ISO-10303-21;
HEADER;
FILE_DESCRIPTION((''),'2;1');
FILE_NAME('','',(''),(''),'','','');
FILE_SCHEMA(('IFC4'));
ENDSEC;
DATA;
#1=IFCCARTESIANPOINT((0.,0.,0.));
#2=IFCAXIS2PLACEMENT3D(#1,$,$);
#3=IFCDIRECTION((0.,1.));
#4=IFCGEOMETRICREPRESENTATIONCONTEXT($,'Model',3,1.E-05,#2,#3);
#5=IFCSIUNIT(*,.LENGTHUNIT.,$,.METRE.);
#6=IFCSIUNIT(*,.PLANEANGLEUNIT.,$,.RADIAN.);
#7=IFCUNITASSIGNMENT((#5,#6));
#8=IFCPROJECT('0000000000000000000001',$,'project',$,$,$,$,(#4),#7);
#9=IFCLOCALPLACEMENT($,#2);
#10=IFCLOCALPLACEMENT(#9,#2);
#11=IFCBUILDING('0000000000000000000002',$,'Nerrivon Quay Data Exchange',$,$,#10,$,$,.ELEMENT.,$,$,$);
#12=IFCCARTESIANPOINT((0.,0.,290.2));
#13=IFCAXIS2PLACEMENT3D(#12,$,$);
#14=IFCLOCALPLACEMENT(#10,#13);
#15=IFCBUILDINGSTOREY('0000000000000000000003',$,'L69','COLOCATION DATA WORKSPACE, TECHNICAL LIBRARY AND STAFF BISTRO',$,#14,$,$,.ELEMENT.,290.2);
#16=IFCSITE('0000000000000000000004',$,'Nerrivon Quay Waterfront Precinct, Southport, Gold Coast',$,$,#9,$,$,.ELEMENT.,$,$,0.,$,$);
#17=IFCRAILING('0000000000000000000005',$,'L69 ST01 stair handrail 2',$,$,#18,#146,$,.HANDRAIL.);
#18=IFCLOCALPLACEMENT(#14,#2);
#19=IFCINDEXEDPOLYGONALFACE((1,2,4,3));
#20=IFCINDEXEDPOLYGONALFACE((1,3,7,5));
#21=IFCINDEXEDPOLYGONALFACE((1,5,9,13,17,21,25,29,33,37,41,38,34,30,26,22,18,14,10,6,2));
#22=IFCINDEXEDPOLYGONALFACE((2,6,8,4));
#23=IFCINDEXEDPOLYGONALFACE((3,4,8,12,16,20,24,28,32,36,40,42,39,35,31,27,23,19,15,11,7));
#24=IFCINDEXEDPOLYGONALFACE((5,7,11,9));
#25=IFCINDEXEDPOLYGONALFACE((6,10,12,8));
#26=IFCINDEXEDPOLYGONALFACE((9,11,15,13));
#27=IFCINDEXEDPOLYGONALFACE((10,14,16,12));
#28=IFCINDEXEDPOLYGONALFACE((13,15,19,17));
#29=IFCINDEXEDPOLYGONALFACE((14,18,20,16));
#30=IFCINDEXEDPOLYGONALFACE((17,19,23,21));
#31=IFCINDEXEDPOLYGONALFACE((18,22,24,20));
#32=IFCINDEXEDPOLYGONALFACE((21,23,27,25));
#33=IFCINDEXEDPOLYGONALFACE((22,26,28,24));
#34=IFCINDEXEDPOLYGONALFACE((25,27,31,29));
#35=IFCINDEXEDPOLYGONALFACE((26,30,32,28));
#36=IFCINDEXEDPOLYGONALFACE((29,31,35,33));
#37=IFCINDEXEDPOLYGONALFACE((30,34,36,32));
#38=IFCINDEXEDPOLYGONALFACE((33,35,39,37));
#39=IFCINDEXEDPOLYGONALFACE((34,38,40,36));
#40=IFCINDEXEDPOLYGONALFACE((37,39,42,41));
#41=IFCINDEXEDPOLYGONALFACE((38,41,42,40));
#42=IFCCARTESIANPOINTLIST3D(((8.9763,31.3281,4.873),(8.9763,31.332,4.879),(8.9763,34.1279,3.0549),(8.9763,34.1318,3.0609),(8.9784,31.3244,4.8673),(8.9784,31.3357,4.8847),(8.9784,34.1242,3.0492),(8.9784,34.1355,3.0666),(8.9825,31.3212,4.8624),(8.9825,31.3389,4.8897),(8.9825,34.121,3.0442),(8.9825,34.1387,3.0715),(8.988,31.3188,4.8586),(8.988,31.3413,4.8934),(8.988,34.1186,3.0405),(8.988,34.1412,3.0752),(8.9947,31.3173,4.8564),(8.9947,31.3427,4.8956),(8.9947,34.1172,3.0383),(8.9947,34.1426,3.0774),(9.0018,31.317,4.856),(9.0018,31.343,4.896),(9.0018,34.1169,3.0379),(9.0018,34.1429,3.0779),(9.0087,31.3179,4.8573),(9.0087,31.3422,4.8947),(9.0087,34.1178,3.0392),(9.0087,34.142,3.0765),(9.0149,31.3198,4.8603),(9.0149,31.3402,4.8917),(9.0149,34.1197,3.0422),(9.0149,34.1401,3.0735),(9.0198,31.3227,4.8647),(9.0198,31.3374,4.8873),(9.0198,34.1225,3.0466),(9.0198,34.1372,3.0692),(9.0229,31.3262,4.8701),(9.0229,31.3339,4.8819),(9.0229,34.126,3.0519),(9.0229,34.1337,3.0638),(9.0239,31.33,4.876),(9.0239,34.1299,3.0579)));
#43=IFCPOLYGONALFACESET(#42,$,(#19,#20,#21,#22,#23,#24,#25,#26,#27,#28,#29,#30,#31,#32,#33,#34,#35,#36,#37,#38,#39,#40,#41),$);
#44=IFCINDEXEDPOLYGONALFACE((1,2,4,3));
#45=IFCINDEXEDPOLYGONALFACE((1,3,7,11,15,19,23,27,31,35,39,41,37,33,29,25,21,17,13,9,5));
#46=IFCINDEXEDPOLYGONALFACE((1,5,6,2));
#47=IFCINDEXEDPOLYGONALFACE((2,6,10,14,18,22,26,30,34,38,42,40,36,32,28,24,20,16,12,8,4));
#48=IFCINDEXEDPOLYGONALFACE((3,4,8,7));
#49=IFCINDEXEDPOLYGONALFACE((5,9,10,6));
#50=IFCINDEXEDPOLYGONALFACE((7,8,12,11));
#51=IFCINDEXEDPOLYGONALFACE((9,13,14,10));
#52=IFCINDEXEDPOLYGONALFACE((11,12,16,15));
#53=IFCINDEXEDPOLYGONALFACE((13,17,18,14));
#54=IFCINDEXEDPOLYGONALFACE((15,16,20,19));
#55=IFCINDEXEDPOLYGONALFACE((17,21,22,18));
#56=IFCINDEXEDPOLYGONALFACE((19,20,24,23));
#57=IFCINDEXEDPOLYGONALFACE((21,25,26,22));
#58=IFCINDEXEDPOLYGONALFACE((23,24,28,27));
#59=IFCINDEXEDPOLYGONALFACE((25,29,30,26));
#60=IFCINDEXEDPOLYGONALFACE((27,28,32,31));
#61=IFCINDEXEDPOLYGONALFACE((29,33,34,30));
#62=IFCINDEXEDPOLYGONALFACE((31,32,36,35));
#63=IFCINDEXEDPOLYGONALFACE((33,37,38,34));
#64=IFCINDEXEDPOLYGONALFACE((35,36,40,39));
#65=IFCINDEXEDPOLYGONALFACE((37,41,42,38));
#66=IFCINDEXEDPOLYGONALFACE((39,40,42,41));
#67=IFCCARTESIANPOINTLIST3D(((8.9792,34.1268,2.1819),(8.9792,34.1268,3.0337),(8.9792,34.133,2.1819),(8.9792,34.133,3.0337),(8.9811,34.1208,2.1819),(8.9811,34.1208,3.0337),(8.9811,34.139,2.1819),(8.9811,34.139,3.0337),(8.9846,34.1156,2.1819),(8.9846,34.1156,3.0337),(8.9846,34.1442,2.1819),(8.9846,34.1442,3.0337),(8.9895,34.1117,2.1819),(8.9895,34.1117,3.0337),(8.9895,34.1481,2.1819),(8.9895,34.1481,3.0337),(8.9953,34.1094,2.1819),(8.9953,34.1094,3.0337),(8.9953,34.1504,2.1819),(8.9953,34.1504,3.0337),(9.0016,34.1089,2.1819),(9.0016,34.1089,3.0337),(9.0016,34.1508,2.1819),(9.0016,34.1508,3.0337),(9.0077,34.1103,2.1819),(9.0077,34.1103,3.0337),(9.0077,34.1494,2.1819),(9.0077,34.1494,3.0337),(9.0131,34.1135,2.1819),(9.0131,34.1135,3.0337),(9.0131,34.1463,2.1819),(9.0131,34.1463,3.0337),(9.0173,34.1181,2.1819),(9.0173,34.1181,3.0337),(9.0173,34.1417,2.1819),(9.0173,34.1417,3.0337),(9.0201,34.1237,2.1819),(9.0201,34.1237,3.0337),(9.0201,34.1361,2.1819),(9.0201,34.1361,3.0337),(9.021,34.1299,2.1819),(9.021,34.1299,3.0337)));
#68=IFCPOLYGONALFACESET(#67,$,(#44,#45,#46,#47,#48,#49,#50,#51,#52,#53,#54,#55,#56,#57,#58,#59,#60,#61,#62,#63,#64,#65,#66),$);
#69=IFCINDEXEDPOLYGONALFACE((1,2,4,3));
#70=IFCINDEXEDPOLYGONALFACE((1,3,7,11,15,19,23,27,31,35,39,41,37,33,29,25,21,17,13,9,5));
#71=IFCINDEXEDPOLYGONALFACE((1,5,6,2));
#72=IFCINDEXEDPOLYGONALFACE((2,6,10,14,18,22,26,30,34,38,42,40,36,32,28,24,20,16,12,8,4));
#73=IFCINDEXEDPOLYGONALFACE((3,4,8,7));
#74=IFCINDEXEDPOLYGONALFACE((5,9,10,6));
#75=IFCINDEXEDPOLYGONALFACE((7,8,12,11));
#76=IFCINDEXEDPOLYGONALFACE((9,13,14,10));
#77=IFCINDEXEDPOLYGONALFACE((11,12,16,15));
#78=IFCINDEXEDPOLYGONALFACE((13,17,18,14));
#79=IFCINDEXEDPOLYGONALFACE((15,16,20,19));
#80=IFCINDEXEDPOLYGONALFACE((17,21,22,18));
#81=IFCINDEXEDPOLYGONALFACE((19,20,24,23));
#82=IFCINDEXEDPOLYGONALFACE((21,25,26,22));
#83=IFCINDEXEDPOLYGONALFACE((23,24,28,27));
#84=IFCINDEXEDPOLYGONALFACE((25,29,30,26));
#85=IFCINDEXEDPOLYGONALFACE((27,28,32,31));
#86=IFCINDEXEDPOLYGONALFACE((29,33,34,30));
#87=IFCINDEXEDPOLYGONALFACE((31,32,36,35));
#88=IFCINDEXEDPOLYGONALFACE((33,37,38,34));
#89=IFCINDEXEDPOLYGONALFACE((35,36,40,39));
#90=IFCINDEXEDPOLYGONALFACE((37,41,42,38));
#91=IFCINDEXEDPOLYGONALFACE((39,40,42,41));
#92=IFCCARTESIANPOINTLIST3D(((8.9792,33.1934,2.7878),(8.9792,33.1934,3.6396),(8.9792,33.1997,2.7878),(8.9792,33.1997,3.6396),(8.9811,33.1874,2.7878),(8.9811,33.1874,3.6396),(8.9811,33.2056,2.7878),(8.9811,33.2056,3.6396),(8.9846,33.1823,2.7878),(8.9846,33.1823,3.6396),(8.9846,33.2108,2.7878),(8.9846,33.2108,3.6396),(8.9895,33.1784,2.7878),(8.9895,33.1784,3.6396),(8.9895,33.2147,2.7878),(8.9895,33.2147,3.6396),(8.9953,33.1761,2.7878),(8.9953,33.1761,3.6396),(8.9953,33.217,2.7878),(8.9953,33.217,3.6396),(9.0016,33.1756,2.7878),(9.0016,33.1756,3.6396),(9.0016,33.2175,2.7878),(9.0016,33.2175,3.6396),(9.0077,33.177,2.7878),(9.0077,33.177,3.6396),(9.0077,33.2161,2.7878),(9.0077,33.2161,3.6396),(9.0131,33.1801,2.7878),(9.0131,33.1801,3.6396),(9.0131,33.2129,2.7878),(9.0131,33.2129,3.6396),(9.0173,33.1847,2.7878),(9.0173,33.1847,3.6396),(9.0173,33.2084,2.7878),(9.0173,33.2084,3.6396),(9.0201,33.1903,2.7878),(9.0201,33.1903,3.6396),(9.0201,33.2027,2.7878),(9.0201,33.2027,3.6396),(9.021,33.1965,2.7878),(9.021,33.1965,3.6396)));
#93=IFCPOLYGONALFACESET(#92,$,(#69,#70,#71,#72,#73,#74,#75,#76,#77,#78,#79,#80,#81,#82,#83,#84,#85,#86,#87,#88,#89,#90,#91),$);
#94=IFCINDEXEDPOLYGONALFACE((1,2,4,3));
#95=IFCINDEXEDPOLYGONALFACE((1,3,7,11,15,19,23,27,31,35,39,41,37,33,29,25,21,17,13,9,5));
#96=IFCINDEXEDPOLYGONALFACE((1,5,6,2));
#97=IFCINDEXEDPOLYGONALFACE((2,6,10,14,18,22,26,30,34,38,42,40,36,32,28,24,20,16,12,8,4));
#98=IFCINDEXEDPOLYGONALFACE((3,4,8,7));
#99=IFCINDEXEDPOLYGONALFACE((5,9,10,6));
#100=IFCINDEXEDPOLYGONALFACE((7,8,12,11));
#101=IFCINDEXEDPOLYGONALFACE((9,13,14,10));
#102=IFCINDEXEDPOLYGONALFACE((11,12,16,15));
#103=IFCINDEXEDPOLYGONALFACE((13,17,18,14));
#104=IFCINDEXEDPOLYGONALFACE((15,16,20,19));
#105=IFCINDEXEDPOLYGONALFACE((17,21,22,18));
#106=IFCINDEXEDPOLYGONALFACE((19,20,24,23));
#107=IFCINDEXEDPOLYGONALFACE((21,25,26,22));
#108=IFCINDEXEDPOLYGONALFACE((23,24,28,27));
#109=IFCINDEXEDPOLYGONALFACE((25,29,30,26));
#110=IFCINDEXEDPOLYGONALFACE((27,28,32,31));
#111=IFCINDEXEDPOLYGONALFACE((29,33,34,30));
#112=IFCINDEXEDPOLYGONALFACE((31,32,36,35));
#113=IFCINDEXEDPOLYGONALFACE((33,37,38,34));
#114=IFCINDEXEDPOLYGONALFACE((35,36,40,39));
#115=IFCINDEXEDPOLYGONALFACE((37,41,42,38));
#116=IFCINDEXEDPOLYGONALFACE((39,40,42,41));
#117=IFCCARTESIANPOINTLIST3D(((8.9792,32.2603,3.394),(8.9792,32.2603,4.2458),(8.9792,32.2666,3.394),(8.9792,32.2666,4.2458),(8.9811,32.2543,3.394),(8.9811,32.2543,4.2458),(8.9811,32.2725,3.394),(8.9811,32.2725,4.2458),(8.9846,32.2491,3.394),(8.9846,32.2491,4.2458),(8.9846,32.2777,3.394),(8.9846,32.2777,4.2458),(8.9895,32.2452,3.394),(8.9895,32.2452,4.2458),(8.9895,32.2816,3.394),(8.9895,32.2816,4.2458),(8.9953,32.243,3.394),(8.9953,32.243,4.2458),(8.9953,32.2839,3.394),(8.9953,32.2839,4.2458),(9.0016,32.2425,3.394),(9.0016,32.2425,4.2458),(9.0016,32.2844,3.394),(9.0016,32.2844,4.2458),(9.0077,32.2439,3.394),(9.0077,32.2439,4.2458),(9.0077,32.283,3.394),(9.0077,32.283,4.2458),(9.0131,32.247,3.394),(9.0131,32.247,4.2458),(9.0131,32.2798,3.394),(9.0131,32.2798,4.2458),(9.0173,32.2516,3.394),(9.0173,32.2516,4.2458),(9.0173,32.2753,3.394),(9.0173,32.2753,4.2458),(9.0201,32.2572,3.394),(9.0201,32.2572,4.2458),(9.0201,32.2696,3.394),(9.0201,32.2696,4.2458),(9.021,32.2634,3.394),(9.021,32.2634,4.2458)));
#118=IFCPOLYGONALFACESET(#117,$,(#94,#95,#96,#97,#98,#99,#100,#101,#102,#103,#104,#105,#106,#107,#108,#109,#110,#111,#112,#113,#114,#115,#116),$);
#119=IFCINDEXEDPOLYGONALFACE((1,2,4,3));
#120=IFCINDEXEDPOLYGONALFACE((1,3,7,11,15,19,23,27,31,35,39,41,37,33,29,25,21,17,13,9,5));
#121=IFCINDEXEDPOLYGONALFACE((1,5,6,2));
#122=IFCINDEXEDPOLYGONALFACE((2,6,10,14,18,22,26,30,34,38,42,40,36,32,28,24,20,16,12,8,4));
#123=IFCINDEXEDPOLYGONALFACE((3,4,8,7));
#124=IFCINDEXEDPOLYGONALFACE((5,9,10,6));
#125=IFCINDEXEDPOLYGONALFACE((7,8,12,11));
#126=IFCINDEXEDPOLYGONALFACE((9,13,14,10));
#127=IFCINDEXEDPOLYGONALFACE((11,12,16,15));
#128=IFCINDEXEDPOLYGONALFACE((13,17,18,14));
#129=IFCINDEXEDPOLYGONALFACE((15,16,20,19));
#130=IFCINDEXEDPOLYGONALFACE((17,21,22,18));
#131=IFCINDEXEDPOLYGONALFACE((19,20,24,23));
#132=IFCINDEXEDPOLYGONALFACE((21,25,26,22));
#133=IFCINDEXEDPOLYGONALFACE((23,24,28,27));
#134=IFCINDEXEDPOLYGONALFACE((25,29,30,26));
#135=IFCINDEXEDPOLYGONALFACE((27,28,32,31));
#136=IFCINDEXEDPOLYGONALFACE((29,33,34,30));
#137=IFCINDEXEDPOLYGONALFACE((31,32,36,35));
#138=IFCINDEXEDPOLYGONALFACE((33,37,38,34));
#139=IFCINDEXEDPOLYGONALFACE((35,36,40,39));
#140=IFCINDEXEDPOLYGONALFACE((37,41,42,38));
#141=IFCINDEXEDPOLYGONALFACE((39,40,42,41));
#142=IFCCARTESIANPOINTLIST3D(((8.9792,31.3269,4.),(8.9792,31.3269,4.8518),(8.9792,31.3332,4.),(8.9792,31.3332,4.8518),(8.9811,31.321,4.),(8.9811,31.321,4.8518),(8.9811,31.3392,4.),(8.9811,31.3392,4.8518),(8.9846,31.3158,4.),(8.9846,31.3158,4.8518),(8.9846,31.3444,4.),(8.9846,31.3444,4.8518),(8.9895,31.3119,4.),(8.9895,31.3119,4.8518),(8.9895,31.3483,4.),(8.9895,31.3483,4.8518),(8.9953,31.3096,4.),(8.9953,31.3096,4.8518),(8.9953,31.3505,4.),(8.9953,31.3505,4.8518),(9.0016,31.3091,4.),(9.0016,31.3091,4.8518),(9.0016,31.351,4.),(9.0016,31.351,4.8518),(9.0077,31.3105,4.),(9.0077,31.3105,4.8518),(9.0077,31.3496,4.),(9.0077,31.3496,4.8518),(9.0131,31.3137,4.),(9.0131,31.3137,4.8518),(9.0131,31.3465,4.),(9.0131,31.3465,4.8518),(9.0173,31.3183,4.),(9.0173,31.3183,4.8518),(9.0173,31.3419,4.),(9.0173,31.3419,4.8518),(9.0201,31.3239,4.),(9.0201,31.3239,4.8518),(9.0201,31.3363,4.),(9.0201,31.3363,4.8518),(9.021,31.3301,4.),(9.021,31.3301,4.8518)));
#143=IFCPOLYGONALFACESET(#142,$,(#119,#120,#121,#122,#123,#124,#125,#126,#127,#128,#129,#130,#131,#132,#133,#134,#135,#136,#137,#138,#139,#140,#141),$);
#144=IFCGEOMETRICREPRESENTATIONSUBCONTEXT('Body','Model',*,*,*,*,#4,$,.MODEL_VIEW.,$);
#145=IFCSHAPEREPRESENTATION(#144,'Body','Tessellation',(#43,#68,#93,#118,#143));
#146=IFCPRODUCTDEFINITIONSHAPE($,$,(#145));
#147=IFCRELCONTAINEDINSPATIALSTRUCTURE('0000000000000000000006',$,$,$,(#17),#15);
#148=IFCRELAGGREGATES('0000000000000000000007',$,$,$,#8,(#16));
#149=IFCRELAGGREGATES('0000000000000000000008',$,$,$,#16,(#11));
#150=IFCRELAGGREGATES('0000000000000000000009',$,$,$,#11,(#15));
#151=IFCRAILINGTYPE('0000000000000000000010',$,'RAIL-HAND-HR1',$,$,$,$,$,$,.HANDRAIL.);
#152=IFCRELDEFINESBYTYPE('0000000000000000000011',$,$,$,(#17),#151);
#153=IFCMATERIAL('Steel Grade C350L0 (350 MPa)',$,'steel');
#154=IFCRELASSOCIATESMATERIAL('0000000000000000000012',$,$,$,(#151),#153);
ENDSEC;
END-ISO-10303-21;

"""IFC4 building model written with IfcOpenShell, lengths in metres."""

from ifc_helpers import new_model, si_unit, direction, frame, origin, origin_2d, place, context, subcontext, project, spatial, circle, extrude, material, type_object, element, save


model = new_model("IFC4")

# Units and contexts
model_context = context("Model", 3, precision=1e-05, world=origin(), true_north=direction((0.0, 1.0)))
body_context = subcontext(model_context, "Body", "Model", "MODEL_VIEW")
ifc_project = project(units=[si_unit("LENGTHUNIT", "METRE"), si_unit("PLANEANGLEUNIT", "RADIAN")], contexts=[model_context])

# Site, building, storey
site_placement = place(None, origin())
site = spatial("IfcSite", under=ifc_project, at=site_placement, Name="Nerrivon Quay Waterfront Precinct, Southport, Gold Coast", CompositionType="ELEMENT", RefElevation=0.0)
building_placement = place(site_placement, origin())
building = spatial("IfcBuilding", under=site, at=building_placement, Name="Nerrivon Quay Data Exchange", CompositionType="ELEMENT")
storey_placement = place(building_placement, frame((0.0, 0.0, 290.2)))
storey = spatial("IfcBuildingStorey", under=building, at=storey_placement, Name="L69", Description="COLOCATION DATA WORKSPACE, TECHNICAL LIBRARY AND STAFF BISTRO", CompositionType="ELEMENT", Elevation=290.2)

# Shared definitions
ifc_material_1 = material(Name="Steel Grade C350L0 (350 MPa)", Category="steel")

# Railing
railing_type_1 = type_object("IfcRailingType", Name="RAIL-HAND-HR1", PredefinedType="HANDRAIL", material=ifc_material_1)
railing_1_placement = place(storey_placement, frame((9.0, 34.1299, 2.1819)))
element("IfcRailing", 1, at=railing_1_placement, inside=storey, type_object=railing_type_1, Name="L69 ST01 stair handrail 2", PredefinedType="HANDRAIL", context=body_context, shape_type="SweptSolid", body=[
    extrude(circle(Radius=0.0239, at=origin_2d()), frame((0.0, 0.0, 0.876), z_axis=(0.0, -0.838684, 0.544618), x_axis=(1.0, 0.0, 0.0)), (0.0, 0.0, 1.0), 3.3384),
    extrude(circle(Radius=0.021, at=origin_2d()), origin(), (0.0, 0.0, 1.0), 0.8518),
    extrude(circle(Radius=0.021, at=origin_2d()), frame((0.0, -0.9333, 0.606)), (0.0, 0.0, 1.0), 0.8518),
    extrude(circle(Radius=0.021, at=origin_2d()), frame((0.0, -1.8665, 1.2122)), (0.0, 0.0, 1.0), 0.8518),
    extrude(circle(Radius=0.021, at=origin_2d()), frame((0.0, -2.7998, 1.8181)), (0.0, 0.0, 1.0), 0.8518),
])

save(model, "model.ifc")
